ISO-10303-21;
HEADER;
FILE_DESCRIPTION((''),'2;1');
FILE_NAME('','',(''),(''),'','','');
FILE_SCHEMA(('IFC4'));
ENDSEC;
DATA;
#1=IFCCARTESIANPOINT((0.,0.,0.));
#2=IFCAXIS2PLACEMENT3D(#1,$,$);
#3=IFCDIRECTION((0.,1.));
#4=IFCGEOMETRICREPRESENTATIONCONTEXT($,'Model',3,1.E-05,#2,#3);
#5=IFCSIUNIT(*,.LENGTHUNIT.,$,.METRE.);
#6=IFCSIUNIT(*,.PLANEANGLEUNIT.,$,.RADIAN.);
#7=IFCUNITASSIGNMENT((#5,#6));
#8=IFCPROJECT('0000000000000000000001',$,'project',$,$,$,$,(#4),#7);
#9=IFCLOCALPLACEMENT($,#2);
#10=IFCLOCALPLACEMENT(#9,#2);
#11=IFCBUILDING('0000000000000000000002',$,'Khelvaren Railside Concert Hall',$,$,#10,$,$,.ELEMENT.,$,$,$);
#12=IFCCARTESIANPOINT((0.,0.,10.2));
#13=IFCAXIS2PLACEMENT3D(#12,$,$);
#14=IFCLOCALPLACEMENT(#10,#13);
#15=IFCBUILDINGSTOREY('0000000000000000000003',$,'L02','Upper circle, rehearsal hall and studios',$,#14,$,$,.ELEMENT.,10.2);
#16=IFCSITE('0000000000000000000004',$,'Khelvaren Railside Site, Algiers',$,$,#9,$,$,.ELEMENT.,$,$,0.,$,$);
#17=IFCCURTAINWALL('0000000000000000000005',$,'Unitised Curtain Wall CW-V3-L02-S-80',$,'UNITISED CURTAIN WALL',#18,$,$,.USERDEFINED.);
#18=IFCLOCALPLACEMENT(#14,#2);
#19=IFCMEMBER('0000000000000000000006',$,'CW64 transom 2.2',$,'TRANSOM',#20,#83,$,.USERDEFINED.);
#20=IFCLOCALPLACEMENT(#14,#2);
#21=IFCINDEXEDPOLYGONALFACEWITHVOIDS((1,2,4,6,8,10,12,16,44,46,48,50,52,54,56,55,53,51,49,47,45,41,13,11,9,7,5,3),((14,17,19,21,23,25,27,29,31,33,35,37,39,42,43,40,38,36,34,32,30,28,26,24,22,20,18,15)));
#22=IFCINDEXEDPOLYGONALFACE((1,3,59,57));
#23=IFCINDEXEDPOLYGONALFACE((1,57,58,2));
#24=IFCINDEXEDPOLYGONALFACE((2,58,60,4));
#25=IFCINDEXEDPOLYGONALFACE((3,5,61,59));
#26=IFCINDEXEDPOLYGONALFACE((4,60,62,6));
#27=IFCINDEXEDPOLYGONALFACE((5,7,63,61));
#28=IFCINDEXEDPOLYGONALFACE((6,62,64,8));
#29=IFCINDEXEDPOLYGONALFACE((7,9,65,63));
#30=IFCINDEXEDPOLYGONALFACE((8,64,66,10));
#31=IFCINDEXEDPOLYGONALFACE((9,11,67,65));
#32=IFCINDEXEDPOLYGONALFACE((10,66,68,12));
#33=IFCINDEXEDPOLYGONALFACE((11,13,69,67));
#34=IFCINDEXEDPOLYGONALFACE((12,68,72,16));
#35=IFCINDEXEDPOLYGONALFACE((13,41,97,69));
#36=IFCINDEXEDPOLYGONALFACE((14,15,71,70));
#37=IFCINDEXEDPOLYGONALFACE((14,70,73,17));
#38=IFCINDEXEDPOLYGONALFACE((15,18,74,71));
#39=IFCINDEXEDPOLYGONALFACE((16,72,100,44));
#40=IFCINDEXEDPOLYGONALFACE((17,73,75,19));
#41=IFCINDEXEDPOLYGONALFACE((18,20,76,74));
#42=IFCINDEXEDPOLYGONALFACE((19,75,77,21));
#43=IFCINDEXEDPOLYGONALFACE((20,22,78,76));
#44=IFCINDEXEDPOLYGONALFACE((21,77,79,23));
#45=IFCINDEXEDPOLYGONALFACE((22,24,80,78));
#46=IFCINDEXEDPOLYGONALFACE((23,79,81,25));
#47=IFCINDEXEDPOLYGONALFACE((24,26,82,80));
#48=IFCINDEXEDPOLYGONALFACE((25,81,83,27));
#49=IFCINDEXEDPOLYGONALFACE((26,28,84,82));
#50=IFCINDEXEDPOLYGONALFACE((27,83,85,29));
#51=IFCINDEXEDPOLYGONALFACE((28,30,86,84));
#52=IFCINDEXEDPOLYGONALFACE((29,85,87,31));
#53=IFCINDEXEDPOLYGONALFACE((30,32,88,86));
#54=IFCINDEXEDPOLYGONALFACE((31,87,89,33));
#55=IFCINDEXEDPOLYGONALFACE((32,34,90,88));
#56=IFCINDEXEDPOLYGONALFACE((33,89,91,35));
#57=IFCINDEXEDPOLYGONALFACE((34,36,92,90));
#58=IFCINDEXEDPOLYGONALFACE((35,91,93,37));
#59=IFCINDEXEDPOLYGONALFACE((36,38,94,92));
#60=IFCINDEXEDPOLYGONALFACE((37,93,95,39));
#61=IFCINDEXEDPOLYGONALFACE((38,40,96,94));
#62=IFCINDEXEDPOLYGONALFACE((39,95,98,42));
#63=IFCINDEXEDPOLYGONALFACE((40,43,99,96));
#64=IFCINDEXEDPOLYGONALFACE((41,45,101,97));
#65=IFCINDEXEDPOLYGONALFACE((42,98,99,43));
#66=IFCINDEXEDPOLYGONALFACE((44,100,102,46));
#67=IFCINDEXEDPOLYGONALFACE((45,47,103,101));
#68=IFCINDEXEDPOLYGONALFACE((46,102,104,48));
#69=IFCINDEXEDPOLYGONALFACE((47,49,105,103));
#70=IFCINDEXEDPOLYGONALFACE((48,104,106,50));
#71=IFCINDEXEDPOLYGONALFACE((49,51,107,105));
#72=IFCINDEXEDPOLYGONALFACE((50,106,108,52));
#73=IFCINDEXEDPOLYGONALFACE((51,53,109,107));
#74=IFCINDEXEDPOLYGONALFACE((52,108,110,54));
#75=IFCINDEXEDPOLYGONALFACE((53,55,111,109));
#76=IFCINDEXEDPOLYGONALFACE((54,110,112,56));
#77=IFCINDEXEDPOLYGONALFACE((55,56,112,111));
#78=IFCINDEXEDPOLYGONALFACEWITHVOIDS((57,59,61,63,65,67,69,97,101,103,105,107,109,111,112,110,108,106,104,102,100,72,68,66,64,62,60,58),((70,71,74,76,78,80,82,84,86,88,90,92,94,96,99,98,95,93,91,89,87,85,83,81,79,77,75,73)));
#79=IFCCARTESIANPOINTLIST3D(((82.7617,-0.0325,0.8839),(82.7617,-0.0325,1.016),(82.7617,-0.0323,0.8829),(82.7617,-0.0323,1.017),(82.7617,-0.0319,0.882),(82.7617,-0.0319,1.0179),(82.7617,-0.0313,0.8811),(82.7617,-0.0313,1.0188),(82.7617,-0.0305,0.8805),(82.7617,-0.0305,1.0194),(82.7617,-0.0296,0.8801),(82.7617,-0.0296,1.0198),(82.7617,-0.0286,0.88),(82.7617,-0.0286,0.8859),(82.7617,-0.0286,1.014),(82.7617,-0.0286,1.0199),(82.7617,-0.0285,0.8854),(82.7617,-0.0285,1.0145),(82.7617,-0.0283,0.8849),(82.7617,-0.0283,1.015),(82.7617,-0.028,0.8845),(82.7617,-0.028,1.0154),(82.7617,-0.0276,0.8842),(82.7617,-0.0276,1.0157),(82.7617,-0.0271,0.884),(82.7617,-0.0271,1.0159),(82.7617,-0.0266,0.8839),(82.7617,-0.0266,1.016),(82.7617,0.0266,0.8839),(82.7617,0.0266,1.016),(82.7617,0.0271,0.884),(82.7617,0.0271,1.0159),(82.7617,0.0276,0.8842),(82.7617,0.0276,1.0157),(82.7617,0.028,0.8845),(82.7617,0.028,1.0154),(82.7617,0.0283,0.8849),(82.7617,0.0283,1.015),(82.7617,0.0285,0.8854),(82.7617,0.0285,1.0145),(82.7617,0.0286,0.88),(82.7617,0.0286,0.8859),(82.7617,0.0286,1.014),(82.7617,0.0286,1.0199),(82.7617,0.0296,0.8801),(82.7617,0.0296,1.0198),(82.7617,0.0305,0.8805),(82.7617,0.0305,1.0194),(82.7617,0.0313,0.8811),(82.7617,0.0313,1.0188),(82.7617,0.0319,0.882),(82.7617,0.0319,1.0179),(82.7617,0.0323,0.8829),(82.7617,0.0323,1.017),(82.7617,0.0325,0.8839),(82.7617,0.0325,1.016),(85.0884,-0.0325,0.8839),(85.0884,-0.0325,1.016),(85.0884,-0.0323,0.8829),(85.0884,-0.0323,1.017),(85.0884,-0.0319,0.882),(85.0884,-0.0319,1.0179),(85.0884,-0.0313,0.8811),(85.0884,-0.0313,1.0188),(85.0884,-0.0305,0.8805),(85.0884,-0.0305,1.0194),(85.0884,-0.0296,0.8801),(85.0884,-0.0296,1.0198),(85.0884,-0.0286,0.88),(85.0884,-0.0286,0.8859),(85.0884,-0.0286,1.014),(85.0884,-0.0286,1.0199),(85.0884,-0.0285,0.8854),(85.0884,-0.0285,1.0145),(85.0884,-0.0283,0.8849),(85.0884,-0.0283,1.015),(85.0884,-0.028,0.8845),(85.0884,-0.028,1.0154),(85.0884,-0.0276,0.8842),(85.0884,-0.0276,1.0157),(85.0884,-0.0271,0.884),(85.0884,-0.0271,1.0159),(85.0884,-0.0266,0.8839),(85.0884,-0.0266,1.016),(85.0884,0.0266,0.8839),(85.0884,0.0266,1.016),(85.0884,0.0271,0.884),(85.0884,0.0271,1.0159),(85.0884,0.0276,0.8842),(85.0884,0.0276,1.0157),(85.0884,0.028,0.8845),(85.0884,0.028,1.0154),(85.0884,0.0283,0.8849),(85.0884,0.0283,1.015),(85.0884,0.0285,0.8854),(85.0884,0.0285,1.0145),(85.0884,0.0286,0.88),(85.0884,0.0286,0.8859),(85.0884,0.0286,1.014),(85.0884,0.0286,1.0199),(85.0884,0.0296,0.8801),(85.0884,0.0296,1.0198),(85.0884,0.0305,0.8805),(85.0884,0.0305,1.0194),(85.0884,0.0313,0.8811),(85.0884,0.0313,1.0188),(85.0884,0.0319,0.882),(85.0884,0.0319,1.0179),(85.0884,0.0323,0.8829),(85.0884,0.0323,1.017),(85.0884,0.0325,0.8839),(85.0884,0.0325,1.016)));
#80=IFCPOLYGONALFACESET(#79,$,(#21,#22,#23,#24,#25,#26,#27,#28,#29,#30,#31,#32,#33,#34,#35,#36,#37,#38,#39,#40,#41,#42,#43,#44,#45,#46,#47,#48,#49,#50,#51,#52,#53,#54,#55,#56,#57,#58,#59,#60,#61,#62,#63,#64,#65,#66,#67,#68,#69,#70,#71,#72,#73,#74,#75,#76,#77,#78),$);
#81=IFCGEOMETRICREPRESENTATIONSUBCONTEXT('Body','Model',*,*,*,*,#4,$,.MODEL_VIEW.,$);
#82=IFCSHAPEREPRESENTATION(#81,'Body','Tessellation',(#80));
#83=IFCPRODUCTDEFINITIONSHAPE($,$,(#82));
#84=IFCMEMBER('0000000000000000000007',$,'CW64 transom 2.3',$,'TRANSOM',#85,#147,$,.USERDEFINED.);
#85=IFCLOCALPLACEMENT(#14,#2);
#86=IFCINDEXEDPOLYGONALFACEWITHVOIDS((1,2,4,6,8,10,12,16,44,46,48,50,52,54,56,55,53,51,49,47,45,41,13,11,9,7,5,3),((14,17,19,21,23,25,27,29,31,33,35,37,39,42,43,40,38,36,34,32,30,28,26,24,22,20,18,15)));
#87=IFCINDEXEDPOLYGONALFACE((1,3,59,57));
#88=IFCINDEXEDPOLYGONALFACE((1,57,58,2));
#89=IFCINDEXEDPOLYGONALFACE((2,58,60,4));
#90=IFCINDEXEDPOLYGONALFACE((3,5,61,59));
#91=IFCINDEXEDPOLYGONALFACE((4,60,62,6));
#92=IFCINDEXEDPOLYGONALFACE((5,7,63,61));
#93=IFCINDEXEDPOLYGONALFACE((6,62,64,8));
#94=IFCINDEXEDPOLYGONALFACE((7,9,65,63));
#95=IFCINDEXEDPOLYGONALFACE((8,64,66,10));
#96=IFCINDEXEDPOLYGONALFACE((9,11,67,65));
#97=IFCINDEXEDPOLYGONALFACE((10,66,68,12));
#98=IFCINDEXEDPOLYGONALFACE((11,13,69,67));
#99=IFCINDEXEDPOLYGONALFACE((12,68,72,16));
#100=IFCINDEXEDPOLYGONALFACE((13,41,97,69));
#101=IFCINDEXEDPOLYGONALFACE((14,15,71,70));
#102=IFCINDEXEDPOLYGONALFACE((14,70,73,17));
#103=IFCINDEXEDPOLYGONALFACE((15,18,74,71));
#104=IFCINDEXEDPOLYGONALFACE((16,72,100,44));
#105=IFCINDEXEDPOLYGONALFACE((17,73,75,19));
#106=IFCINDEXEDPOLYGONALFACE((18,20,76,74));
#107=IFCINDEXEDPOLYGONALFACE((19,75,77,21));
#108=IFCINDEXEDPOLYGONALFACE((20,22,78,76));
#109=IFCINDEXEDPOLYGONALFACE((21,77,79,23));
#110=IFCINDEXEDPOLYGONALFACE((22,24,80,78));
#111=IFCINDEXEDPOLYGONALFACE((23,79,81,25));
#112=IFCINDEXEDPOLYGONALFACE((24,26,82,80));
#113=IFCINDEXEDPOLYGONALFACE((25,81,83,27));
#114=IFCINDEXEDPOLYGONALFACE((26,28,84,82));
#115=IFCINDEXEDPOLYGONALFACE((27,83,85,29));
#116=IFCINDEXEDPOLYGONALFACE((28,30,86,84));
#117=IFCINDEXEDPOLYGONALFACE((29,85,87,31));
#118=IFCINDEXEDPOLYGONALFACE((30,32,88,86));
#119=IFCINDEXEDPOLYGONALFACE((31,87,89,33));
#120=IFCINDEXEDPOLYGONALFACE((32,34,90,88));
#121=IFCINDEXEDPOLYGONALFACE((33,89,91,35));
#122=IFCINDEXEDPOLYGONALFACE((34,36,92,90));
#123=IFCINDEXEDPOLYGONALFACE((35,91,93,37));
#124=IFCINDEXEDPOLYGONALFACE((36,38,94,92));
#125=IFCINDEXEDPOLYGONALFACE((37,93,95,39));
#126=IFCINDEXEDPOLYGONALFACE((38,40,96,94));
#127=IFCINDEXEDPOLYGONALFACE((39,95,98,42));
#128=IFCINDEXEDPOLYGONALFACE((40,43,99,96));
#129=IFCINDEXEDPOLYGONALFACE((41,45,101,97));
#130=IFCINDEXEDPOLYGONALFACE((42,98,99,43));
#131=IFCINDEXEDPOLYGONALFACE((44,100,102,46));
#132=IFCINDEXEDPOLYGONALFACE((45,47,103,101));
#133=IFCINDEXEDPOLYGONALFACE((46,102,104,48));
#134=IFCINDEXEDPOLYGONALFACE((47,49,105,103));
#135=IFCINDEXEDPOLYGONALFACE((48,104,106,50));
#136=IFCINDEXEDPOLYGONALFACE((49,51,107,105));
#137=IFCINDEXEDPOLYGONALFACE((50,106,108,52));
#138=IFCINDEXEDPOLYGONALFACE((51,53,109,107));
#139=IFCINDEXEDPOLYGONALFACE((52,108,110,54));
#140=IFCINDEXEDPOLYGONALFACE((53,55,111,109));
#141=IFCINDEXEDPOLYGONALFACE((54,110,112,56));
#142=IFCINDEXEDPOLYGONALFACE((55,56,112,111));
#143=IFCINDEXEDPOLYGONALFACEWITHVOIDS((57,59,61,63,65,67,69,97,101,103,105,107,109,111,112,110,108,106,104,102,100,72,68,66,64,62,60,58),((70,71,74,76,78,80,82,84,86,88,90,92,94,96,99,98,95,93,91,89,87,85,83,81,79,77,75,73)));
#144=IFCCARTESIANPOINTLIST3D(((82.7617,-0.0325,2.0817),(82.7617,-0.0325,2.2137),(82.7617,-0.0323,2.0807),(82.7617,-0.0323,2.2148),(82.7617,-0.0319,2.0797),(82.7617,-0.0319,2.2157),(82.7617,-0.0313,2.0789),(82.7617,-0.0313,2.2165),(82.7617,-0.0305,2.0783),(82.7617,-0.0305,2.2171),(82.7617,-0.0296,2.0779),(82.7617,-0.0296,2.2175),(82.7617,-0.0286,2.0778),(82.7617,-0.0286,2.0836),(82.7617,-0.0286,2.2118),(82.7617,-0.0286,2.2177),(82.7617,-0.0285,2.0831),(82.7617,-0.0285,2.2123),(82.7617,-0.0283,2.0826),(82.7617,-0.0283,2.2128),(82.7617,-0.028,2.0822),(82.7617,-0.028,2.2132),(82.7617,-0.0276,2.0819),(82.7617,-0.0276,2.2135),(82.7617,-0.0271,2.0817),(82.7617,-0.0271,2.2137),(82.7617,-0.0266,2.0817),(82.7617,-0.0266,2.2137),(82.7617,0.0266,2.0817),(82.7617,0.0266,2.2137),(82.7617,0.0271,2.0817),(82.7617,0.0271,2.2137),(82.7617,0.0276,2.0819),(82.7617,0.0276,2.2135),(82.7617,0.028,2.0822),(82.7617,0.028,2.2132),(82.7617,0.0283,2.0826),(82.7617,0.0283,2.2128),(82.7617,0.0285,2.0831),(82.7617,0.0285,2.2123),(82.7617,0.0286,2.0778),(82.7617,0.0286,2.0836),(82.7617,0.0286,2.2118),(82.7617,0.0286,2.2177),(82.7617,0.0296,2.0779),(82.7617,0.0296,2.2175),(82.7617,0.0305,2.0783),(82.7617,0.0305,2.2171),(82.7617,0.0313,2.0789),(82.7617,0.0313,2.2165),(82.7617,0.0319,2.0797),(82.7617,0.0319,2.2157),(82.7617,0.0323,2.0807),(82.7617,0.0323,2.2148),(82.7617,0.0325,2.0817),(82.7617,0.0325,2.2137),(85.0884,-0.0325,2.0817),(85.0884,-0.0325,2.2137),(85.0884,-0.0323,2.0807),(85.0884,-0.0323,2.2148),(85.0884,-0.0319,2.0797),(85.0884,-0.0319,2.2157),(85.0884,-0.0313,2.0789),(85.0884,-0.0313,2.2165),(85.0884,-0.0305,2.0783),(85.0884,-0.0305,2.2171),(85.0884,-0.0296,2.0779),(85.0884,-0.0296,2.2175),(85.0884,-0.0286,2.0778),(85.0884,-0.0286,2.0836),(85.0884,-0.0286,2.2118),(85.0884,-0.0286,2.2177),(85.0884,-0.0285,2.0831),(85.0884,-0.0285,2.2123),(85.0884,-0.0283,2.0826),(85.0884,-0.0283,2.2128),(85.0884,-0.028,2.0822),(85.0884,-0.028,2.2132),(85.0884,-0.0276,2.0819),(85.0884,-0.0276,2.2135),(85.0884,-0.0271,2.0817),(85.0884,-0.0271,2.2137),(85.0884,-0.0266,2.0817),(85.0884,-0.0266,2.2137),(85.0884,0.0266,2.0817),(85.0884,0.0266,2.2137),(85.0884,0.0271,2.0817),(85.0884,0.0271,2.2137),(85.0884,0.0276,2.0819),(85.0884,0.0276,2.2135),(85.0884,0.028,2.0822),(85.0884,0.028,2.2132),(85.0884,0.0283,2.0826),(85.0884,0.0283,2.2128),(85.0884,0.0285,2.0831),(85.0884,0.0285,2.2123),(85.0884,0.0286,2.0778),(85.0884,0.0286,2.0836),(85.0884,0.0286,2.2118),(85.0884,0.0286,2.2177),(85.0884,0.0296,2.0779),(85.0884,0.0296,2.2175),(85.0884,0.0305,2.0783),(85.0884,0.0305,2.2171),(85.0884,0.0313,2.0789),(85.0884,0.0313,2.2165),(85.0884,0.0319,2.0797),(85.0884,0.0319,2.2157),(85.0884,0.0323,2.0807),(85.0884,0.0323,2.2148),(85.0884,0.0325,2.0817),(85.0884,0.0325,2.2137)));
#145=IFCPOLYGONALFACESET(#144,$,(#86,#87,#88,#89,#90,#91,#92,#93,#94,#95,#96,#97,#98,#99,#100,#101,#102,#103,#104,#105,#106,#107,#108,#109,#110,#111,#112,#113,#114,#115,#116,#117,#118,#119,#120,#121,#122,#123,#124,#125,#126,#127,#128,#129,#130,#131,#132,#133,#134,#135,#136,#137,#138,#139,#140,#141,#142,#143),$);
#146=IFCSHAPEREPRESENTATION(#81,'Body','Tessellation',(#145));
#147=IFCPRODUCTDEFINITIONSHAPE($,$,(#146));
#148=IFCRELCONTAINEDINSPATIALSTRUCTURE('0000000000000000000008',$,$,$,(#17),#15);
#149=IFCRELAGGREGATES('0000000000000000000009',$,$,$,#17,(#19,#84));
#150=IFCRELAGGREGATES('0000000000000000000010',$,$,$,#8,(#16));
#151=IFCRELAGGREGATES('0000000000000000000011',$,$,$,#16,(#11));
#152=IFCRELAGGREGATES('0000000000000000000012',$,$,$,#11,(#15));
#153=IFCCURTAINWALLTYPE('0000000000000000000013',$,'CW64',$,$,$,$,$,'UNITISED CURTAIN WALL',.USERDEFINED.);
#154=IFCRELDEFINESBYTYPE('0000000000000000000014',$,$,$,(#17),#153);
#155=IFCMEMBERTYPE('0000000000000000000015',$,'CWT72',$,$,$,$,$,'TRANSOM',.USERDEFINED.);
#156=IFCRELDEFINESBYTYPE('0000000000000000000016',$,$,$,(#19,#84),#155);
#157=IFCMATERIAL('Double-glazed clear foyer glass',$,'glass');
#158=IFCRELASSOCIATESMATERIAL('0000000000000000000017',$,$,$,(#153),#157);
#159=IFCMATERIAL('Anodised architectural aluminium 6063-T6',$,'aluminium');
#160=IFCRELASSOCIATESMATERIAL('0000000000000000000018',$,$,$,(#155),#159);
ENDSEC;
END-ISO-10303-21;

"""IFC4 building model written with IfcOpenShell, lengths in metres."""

from ifc_helpers import new_model, si_unit, direction, frame, origin, origin_2d, place, context, subcontext, project, spatial, hollow_rectangle, extrude, material, material_profile, profile_set, type_object, element, aggregate, save


model = new_model("IFC4")

# Units and contexts
model_context = context("Model", 3, precision=1e-05, world=origin(), true_north=direction((0.0, 1.0)))
body_context = subcontext(model_context, "Body", "Model", "MODEL_VIEW")
ifc_project = project(units=[si_unit("LENGTHUNIT", "METRE"), si_unit("PLANEANGLEUNIT", "RADIAN")], contexts=[model_context])

# Site, building, storey
site_placement = place(None, origin())
site = spatial("IfcSite", under=ifc_project, at=site_placement, Name="Khelvaren Railside Site, Algiers", CompositionType="ELEMENT", RefElevation=0.0)
building_placement = place(site_placement, origin())
building = spatial("IfcBuilding", under=site, at=building_placement, Name="Khelvaren Railside Concert Hall", CompositionType="ELEMENT")
storey_placement = place(building_placement, frame((0.0, 0.0, 10.2)))
storey = spatial("IfcBuildingStorey", under=building, at=storey_placement, Name="L02", Description="Upper circle, rehearsal hall and studios", CompositionType="ELEMENT", Elevation=10.2)

# Curtain wall
ifc_material_1 = material(Name="Double-glazed clear foyer glass", Category="glass")
curtain_wall_type_1 = type_object("IfcCurtainWallType", Name="CW64", ElementType="UNITISED CURTAIN WALL", PredefinedType="USERDEFINED", material=ifc_material_1)
curtain_wall_1_placement = place(storey_placement, origin())
curtain_wall_1 = element("IfcCurtainWall", 1, at=curtain_wall_1_placement, inside=storey, type_object=curtain_wall_type_1, Name="Unitised Curtain Wall CW-V3-L02-S-80", ObjectType="UNITISED CURTAIN WALL", PredefinedType="USERDEFINED")
ifc_material_2 = material(Name="Anodised architectural aluminium 6063-T6", Category="aluminium")

# Members
ifc_material_profile_1 = material_profile(ifc_material_2, hollow_rectangle(XDim=0.0649, YDim=0.1399, WallThickness=0.0039, InnerFilletRadius=0.002, OuterFilletRadius=0.0039, at=origin_2d()), Name="CWT 65x140x4")
ifc_profile_set_1 = profile_set([ifc_material_profile_1], Name="Anodised architectural aluminium 6063-T6")
member_type_1 = type_object("IfcMemberType", Name="CWT72", ElementType="TRANSOM", PredefinedType="USERDEFINED", material=ifc_profile_set_1)
member_1_placement = place(storey_placement, frame((85.0884, 0.0, 0.95), z_axis=(-1.0, 0.0, 0.0), x_axis=(0.0, -1.0, 0.0)))
member_1 = element("IfcMember", 2, at=member_1_placement, type_object=member_type_1, Name="CW64 transom 2.2", ObjectType="TRANSOM", PredefinedType="USERDEFINED", context=body_context, shape_type="SweptSolid", body=[
    extrude(hollow_rectangle(XDim=0.0649, YDim=0.1399, WallThickness=0.0039, InnerFilletRadius=0.002, OuterFilletRadius=0.0039, at=origin_2d()), origin(), (0.0, 0.0, 1.0), 2.3267),
])
member_2_placement = place(storey_placement, frame((85.0884, 0.0, 2.1477), z_axis=(-1.0, 0.0, 0.0), x_axis=(0.0, -1.0, 0.0)))
member_2 = element("IfcMember", 3, at=member_2_placement, type_object=member_type_1, Name="CW64 transom 2.3", ObjectType="TRANSOM", PredefinedType="USERDEFINED", context=body_context, shape_type="SweptSolid", body=[
    extrude(hollow_rectangle(XDim=0.0649, YDim=0.1399, WallThickness=0.0039, InnerFilletRadius=0.002, OuterFilletRadius=0.0039, at=origin_2d()), origin(), (0.0, 0.0, 1.0), 2.3267),
])

aggregate(curtain_wall_1, [member_1, member_2])

save(model, "model.ifc")
